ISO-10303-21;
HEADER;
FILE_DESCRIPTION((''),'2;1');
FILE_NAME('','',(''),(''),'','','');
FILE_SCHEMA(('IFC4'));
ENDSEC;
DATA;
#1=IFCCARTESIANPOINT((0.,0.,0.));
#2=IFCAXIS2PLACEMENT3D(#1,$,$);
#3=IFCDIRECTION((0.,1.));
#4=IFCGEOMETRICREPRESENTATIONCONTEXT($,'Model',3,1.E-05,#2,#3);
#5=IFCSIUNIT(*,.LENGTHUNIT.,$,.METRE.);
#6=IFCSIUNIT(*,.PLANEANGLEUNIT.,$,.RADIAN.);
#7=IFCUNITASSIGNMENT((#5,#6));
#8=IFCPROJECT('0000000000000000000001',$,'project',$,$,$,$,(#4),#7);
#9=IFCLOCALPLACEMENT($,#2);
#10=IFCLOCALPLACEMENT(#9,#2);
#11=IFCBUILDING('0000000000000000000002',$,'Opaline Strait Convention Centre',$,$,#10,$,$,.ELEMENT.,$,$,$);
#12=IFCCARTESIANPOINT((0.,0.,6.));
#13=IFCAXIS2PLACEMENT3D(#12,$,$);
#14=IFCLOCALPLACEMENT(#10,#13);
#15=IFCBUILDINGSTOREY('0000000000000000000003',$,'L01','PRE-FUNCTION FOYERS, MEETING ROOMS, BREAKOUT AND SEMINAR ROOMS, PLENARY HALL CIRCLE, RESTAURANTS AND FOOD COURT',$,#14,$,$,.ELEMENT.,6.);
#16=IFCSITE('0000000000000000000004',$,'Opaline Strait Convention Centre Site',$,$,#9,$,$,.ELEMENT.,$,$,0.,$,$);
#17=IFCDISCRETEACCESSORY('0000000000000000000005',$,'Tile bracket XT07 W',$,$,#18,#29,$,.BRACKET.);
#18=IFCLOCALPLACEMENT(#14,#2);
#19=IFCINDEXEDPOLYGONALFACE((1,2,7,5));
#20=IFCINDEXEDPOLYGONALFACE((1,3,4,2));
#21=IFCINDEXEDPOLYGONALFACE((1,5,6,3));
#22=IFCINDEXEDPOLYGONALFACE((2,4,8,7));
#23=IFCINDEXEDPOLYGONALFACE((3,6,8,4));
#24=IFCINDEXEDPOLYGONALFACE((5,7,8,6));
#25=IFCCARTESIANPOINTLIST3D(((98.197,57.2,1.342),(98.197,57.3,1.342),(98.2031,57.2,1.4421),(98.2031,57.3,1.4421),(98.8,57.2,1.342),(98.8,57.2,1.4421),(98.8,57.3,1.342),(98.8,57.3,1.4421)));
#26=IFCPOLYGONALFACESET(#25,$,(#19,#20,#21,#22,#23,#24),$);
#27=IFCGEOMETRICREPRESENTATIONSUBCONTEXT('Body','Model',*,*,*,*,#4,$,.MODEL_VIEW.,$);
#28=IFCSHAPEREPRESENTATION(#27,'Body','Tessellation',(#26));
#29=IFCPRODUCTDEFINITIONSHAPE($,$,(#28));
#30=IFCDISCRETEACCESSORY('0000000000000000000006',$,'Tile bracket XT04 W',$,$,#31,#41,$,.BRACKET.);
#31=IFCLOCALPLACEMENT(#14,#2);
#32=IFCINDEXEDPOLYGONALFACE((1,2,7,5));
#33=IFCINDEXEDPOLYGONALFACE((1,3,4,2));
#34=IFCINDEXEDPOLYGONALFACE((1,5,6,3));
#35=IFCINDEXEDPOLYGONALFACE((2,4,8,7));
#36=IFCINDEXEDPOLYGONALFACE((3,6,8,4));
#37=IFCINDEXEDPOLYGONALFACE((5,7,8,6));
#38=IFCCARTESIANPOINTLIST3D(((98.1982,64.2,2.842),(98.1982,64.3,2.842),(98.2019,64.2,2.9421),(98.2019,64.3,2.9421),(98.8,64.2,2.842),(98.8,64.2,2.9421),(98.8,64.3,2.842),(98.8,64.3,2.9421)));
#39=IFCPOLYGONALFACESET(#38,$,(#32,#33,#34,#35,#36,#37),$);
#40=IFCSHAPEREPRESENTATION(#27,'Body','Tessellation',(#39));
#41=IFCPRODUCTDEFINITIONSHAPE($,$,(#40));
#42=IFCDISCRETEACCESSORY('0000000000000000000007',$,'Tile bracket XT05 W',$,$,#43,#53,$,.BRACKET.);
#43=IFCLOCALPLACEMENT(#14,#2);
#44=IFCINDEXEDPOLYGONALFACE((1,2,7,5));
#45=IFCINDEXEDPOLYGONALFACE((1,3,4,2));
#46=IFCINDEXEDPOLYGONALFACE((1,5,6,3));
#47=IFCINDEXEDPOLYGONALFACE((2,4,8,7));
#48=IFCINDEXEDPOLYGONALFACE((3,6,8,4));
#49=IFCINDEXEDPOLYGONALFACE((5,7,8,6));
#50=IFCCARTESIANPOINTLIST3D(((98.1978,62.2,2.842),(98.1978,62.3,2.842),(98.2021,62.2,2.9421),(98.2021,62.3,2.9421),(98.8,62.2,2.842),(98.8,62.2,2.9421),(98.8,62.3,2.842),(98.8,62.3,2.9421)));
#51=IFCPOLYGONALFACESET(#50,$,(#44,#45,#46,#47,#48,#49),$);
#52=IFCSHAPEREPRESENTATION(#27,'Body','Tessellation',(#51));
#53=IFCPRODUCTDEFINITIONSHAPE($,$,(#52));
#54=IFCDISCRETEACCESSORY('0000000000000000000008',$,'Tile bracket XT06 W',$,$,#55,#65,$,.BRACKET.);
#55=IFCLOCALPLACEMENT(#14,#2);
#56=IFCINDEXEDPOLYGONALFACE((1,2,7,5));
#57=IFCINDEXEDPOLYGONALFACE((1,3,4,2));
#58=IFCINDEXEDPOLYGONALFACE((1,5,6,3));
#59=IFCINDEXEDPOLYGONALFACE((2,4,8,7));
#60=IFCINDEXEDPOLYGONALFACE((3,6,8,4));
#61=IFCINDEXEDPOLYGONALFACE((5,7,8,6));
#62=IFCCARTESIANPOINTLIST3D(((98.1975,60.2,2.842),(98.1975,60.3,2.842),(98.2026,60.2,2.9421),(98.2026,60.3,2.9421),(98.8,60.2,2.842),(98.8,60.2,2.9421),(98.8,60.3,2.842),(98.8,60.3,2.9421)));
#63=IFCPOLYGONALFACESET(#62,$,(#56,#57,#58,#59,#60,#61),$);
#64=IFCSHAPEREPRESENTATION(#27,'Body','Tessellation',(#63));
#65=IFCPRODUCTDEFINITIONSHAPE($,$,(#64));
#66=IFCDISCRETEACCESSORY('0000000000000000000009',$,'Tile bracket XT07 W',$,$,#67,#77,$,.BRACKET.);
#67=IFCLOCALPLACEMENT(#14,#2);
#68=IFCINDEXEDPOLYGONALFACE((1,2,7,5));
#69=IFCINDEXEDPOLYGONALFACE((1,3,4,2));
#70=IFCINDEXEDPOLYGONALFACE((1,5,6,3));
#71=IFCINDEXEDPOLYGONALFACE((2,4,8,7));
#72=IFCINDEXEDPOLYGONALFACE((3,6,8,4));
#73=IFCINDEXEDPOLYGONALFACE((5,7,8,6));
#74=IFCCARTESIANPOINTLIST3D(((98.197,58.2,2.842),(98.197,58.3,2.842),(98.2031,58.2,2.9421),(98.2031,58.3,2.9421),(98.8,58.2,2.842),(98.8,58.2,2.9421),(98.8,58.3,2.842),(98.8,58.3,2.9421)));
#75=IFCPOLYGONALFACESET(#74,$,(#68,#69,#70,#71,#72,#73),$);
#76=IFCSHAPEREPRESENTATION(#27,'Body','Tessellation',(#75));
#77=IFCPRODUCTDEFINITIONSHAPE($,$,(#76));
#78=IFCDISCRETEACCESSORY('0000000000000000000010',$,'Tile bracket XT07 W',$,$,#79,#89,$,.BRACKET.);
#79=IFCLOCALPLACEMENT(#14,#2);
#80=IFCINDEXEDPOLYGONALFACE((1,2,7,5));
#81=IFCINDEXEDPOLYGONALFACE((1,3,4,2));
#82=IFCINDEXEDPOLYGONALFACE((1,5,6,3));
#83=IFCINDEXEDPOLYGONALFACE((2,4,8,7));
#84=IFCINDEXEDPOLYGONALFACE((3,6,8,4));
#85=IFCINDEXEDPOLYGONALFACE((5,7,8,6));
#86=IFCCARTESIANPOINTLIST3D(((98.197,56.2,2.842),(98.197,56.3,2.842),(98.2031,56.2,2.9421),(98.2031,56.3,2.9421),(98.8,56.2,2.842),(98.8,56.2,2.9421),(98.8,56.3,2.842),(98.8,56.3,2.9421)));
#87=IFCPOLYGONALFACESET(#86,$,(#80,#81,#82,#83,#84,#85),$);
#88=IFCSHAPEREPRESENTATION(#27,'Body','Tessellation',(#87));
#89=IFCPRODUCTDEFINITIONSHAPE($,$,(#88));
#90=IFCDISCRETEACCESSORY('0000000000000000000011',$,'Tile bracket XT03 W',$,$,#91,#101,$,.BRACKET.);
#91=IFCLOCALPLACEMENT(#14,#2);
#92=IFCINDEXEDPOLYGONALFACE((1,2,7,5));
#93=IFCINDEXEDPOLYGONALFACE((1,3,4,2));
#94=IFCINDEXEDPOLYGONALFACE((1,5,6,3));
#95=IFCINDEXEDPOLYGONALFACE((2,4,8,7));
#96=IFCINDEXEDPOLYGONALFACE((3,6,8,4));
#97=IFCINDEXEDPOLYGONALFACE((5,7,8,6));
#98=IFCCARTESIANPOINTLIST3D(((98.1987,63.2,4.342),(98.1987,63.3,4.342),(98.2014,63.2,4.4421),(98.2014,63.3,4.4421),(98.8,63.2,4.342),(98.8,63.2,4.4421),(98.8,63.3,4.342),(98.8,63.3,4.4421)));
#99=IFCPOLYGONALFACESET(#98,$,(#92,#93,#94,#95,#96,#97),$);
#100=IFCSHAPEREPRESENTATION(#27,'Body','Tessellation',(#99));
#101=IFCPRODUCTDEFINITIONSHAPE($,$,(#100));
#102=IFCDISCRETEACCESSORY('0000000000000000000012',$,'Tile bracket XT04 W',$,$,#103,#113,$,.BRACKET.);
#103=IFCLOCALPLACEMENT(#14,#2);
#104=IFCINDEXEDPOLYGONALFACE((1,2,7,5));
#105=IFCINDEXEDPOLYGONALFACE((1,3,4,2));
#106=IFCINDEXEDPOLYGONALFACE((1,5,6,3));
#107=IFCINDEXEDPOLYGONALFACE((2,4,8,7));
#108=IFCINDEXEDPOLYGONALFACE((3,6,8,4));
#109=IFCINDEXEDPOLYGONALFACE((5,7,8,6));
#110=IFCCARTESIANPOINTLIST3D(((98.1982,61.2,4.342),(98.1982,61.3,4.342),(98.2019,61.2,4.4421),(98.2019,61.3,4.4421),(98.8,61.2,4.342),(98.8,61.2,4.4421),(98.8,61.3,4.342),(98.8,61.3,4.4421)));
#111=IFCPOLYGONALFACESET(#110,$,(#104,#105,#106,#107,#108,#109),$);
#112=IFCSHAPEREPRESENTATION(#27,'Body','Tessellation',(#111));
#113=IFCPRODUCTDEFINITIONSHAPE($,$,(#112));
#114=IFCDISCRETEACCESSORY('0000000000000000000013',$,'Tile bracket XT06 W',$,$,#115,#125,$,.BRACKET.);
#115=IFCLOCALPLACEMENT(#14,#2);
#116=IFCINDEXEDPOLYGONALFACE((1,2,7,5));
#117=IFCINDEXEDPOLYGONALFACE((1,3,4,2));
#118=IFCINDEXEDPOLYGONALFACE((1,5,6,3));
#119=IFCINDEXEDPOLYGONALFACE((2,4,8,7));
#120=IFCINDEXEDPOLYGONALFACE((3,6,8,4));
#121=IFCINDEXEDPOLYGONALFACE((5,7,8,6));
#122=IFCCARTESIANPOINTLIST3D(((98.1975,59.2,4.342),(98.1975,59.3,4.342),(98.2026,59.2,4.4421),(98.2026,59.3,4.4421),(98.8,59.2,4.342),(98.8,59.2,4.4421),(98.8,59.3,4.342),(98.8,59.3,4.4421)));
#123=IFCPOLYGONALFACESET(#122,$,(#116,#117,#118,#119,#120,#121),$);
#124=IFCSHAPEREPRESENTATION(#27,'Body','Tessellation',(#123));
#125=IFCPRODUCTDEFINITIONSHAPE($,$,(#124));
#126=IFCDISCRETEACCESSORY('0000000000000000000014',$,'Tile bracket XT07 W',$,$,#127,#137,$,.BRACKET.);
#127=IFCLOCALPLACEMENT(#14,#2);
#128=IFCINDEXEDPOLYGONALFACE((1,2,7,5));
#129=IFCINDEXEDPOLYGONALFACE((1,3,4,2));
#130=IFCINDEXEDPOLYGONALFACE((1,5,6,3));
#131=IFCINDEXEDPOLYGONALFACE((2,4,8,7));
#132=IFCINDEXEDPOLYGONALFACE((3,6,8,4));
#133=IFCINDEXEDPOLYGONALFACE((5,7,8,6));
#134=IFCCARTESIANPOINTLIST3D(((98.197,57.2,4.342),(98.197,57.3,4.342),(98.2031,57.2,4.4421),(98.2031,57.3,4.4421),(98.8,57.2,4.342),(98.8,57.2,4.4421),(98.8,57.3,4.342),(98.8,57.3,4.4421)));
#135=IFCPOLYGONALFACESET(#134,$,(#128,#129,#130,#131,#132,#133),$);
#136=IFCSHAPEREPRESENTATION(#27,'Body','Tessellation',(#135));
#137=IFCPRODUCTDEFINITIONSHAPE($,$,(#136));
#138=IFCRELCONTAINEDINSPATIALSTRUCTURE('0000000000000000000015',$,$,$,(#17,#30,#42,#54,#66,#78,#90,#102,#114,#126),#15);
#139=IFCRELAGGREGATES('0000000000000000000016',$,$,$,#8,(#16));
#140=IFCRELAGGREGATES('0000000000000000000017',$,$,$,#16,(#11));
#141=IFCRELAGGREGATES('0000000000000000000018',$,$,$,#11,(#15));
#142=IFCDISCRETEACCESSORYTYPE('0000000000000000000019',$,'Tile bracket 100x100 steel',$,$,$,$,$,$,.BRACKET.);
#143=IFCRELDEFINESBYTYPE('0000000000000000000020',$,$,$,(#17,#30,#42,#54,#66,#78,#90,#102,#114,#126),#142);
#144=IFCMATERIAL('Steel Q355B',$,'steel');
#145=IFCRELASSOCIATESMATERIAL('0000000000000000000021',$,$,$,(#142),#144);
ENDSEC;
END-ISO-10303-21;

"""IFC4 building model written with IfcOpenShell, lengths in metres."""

from ifc_helpers import new_model, si_unit, direction, frame, origin, place, context, subcontext, project, spatial, polyline, outline, extrude, material, type_object, element, save


model = new_model("IFC4")

# Units and contexts
model_context = context("Model", 3, precision=1e-05, world=origin(), true_north=direction((0.0, 1.0)))
body_context = subcontext(model_context, "Body", "Model", "MODEL_VIEW")
ifc_project = project(units=[si_unit("LENGTHUNIT", "METRE"), si_unit("PLANEANGLEUNIT", "RADIAN")], contexts=[model_context])

# Site, building, storey
site_placement = place(None, origin())
site = spatial("IfcSite", under=ifc_project, at=site_placement, Name="Opaline Strait Convention Centre Site", CompositionType="ELEMENT", RefElevation=0.0)
building_placement = place(site_placement, origin())
building = spatial("IfcBuilding", under=site, at=building_placement, Name="Opaline Strait Convention Centre", CompositionType="ELEMENT")
storey_placement = place(building_placement, frame((0.0, 0.0, 6.0)))
storey = spatial("IfcBuildingStorey", under=building, at=storey_placement, Name="L01", Description="PRE-FUNCTION FOYERS, MEETING ROOMS, BREAKOUT AND SEMINAR ROOMS, PLENARY HALL CIRCLE, RESTAURANTS AND FOOD COURT", CompositionType="ELEMENT", Elevation=6.0)

# Discrete accessories
ifc_material_1 = material(Name="Steel Q355B", Category="steel")
discrete_accessory_type = type_object("IfcDiscreteAccessoryType", Name="Tile bracket 100x100 steel", PredefinedType="BRACKET", material=ifc_material_1)
discrete_accessory_1_placement = place(storey_placement, frame((98.8, 57.3, 1.3921), z_axis=(0.0, -1.0, 0.0), x_axis=(1.0, 0.0, 0.0)))
element("IfcDiscreteAccessory", 1, at=discrete_accessory_1_placement, inside=storey, type_object=discrete_accessory_type, Name="Tile bracket XT07 W", PredefinedType="BRACKET", context=body_context, shape_type="SweptSolid", body=[
    extrude(outline(polyline([(0.0, -0.05), (0.0, 0.05), (-0.5969, 0.05), (-0.603, -0.05), (0.0, -0.05)])), origin(), (0.0, 0.0, 1.0), 0.1001),
])
discrete_accessory_2_placement = place(storey_placement, frame((98.8, 64.3, 2.8921), z_axis=(0.0, -1.0, 0.0), x_axis=(1.0, 0.0, 0.0)))
element("IfcDiscreteAccessory", 2, at=discrete_accessory_2_placement, inside=storey, type_object=discrete_accessory_type, Name="Tile bracket XT04 W", PredefinedType="BRACKET", context=body_context, shape_type="SweptSolid", body=[
    extrude(outline(polyline([(0.0, -0.05), (0.0, 0.05), (-0.5981, 0.05), (-0.6018, -0.05), (0.0, -0.05)])), origin(), (0.0, 0.0, 1.0), 0.1001),
])
discrete_accessory_3_placement = place(storey_placement, frame((98.8, 62.3, 2.8921), z_axis=(0.0, -1.0, 0.0), x_axis=(1.0, 0.0, 0.0)))
element("IfcDiscreteAccessory", 3, at=discrete_accessory_3_placement, inside=storey, type_object=discrete_accessory_type, Name="Tile bracket XT05 W", PredefinedType="BRACKET", context=body_context, shape_type="SweptSolid", body=[
    extrude(outline(polyline([(0.0, -0.05), (0.0, 0.05), (-0.5979, 0.05), (-0.6023, -0.05), (0.0, -0.05)])), origin(), (0.0, 0.0, 1.0), 0.1001),
])
discrete_accessory_4_placement = place(storey_placement, frame((98.8, 60.3, 2.8921), z_axis=(0.0, -1.0, 0.0), x_axis=(1.0, 0.0, 0.0)))
element("IfcDiscreteAccessory", 4, at=discrete_accessory_4_placement, inside=storey, type_object=discrete_accessory_type, Name="Tile bracket XT06 W", PredefinedType="BRACKET", context=body_context, shape_type="SweptSolid", body=[
    extrude(outline(polyline([(0.0, -0.05), (0.0, 0.05), (-0.5974, 0.05), (-0.6025, -0.05), (0.0, -0.05)])), origin(), (0.0, 0.0, 1.0), 0.1001),
])
for number, where, z_axis, x_axis, name in (
    (5, (98.8, 58.3, 2.8921), (0.0, -1.0, 0.0), (1.0, 0.0, 0.0), "Tile bracket XT07 W"),
    (6, (98.8, 56.3, 2.8921), (0.0, -1.0, 0.0), (1.0, 0.0, 0.0), "Tile bracket XT07 W"),
):
    element("IfcDiscreteAccessory", number, at=place(storey_placement, frame(where, z_axis=z_axis, x_axis=x_axis)), inside=storey, type_object=discrete_accessory_type, Name=name, PredefinedType="BRACKET", context=body_context, shape_type="SweptSolid", body=[
        extrude(outline(polyline([(0.0, -0.05), (0.0, 0.05), (-0.5969, 0.05), (-0.603, -0.05), (0.0, -0.05)])), origin(), (0.0, 0.0, 1.0), 0.1001),
    ])
discrete_accessory_5_placement = place(storey_placement, frame((98.8, 63.3, 4.3921), z_axis=(0.0, -1.0, 0.0), x_axis=(1.0, 0.0, 0.0)))
element("IfcDiscreteAccessory", 7, at=discrete_accessory_5_placement, inside=storey, type_object=discrete_accessory_type, Name="Tile bracket XT03 W", PredefinedType="BRACKET", context=body_context, shape_type="SweptSolid", body=[
    extrude(outline(polyline([(0.0, -0.05), (0.0, 0.05), (-0.5986, 0.05), (-0.6013, -0.05), (0.0, -0.05)])), origin(), (0.0, 0.0, 1.0), 0.1001),
])
discrete_accessory_6_placement = place(storey_placement, frame((98.8, 61.3, 4.3921), z_axis=(0.0, -1.0, 0.0), x_axis=(1.0, 0.0, 0.0)))
element("IfcDiscreteAccessory", 8, at=discrete_accessory_6_placement, inside=storey, type_object=discrete_accessory_type, Name="Tile bracket XT04 W", PredefinedType="BRACKET", context=body_context, shape_type="SweptSolid", body=[
    extrude(outline(polyline([(0.0, -0.05), (0.0, 0.05), (-0.5981, 0.05), (-0.6018, -0.05), (0.0, -0.05)])), origin(), (0.0, 0.0, 1.0), 0.1001),
])
discrete_accessory_7_placement = place(storey_placement, frame((98.8, 59.3, 4.3921), z_axis=(0.0, -1.0, 0.0), x_axis=(1.0, 0.0, 0.0)))
element("IfcDiscreteAccessory", 9, at=discrete_accessory_7_placement, inside=storey, type_object=discrete_accessory_type, Name="Tile bracket XT06 W", PredefinedType="BRACKET", context=body_context, shape_type="SweptSolid", body=[
    extrude(outline(polyline([(0.0, -0.05), (0.0, 0.05), (-0.5974, 0.05), (-0.6025, -0.05), (0.0, -0.05)])), origin(), (0.0, 0.0, 1.0), 0.1001),
])
discrete_accessory_8_placement = place(storey_placement, frame((98.8, 57.3, 4.3921), z_axis=(0.0, -1.0, 0.0), x_axis=(1.0, 0.0, 0.0)))
element("IfcDiscreteAccessory", 10, at=discrete_accessory_8_placement, inside=storey, type_object=discrete_accessory_type, Name="Tile bracket XT07 W", PredefinedType="BRACKET", context=body_context, shape_type="SweptSolid", body=[
    extrude(outline(polyline([(0.0, -0.05), (0.0, 0.05), (-0.5969, 0.05), (-0.603, -0.05), (0.0, -0.05)])), origin(), (0.0, 0.0, 1.0), 0.1001),
])

save(model, "model.ifc")
